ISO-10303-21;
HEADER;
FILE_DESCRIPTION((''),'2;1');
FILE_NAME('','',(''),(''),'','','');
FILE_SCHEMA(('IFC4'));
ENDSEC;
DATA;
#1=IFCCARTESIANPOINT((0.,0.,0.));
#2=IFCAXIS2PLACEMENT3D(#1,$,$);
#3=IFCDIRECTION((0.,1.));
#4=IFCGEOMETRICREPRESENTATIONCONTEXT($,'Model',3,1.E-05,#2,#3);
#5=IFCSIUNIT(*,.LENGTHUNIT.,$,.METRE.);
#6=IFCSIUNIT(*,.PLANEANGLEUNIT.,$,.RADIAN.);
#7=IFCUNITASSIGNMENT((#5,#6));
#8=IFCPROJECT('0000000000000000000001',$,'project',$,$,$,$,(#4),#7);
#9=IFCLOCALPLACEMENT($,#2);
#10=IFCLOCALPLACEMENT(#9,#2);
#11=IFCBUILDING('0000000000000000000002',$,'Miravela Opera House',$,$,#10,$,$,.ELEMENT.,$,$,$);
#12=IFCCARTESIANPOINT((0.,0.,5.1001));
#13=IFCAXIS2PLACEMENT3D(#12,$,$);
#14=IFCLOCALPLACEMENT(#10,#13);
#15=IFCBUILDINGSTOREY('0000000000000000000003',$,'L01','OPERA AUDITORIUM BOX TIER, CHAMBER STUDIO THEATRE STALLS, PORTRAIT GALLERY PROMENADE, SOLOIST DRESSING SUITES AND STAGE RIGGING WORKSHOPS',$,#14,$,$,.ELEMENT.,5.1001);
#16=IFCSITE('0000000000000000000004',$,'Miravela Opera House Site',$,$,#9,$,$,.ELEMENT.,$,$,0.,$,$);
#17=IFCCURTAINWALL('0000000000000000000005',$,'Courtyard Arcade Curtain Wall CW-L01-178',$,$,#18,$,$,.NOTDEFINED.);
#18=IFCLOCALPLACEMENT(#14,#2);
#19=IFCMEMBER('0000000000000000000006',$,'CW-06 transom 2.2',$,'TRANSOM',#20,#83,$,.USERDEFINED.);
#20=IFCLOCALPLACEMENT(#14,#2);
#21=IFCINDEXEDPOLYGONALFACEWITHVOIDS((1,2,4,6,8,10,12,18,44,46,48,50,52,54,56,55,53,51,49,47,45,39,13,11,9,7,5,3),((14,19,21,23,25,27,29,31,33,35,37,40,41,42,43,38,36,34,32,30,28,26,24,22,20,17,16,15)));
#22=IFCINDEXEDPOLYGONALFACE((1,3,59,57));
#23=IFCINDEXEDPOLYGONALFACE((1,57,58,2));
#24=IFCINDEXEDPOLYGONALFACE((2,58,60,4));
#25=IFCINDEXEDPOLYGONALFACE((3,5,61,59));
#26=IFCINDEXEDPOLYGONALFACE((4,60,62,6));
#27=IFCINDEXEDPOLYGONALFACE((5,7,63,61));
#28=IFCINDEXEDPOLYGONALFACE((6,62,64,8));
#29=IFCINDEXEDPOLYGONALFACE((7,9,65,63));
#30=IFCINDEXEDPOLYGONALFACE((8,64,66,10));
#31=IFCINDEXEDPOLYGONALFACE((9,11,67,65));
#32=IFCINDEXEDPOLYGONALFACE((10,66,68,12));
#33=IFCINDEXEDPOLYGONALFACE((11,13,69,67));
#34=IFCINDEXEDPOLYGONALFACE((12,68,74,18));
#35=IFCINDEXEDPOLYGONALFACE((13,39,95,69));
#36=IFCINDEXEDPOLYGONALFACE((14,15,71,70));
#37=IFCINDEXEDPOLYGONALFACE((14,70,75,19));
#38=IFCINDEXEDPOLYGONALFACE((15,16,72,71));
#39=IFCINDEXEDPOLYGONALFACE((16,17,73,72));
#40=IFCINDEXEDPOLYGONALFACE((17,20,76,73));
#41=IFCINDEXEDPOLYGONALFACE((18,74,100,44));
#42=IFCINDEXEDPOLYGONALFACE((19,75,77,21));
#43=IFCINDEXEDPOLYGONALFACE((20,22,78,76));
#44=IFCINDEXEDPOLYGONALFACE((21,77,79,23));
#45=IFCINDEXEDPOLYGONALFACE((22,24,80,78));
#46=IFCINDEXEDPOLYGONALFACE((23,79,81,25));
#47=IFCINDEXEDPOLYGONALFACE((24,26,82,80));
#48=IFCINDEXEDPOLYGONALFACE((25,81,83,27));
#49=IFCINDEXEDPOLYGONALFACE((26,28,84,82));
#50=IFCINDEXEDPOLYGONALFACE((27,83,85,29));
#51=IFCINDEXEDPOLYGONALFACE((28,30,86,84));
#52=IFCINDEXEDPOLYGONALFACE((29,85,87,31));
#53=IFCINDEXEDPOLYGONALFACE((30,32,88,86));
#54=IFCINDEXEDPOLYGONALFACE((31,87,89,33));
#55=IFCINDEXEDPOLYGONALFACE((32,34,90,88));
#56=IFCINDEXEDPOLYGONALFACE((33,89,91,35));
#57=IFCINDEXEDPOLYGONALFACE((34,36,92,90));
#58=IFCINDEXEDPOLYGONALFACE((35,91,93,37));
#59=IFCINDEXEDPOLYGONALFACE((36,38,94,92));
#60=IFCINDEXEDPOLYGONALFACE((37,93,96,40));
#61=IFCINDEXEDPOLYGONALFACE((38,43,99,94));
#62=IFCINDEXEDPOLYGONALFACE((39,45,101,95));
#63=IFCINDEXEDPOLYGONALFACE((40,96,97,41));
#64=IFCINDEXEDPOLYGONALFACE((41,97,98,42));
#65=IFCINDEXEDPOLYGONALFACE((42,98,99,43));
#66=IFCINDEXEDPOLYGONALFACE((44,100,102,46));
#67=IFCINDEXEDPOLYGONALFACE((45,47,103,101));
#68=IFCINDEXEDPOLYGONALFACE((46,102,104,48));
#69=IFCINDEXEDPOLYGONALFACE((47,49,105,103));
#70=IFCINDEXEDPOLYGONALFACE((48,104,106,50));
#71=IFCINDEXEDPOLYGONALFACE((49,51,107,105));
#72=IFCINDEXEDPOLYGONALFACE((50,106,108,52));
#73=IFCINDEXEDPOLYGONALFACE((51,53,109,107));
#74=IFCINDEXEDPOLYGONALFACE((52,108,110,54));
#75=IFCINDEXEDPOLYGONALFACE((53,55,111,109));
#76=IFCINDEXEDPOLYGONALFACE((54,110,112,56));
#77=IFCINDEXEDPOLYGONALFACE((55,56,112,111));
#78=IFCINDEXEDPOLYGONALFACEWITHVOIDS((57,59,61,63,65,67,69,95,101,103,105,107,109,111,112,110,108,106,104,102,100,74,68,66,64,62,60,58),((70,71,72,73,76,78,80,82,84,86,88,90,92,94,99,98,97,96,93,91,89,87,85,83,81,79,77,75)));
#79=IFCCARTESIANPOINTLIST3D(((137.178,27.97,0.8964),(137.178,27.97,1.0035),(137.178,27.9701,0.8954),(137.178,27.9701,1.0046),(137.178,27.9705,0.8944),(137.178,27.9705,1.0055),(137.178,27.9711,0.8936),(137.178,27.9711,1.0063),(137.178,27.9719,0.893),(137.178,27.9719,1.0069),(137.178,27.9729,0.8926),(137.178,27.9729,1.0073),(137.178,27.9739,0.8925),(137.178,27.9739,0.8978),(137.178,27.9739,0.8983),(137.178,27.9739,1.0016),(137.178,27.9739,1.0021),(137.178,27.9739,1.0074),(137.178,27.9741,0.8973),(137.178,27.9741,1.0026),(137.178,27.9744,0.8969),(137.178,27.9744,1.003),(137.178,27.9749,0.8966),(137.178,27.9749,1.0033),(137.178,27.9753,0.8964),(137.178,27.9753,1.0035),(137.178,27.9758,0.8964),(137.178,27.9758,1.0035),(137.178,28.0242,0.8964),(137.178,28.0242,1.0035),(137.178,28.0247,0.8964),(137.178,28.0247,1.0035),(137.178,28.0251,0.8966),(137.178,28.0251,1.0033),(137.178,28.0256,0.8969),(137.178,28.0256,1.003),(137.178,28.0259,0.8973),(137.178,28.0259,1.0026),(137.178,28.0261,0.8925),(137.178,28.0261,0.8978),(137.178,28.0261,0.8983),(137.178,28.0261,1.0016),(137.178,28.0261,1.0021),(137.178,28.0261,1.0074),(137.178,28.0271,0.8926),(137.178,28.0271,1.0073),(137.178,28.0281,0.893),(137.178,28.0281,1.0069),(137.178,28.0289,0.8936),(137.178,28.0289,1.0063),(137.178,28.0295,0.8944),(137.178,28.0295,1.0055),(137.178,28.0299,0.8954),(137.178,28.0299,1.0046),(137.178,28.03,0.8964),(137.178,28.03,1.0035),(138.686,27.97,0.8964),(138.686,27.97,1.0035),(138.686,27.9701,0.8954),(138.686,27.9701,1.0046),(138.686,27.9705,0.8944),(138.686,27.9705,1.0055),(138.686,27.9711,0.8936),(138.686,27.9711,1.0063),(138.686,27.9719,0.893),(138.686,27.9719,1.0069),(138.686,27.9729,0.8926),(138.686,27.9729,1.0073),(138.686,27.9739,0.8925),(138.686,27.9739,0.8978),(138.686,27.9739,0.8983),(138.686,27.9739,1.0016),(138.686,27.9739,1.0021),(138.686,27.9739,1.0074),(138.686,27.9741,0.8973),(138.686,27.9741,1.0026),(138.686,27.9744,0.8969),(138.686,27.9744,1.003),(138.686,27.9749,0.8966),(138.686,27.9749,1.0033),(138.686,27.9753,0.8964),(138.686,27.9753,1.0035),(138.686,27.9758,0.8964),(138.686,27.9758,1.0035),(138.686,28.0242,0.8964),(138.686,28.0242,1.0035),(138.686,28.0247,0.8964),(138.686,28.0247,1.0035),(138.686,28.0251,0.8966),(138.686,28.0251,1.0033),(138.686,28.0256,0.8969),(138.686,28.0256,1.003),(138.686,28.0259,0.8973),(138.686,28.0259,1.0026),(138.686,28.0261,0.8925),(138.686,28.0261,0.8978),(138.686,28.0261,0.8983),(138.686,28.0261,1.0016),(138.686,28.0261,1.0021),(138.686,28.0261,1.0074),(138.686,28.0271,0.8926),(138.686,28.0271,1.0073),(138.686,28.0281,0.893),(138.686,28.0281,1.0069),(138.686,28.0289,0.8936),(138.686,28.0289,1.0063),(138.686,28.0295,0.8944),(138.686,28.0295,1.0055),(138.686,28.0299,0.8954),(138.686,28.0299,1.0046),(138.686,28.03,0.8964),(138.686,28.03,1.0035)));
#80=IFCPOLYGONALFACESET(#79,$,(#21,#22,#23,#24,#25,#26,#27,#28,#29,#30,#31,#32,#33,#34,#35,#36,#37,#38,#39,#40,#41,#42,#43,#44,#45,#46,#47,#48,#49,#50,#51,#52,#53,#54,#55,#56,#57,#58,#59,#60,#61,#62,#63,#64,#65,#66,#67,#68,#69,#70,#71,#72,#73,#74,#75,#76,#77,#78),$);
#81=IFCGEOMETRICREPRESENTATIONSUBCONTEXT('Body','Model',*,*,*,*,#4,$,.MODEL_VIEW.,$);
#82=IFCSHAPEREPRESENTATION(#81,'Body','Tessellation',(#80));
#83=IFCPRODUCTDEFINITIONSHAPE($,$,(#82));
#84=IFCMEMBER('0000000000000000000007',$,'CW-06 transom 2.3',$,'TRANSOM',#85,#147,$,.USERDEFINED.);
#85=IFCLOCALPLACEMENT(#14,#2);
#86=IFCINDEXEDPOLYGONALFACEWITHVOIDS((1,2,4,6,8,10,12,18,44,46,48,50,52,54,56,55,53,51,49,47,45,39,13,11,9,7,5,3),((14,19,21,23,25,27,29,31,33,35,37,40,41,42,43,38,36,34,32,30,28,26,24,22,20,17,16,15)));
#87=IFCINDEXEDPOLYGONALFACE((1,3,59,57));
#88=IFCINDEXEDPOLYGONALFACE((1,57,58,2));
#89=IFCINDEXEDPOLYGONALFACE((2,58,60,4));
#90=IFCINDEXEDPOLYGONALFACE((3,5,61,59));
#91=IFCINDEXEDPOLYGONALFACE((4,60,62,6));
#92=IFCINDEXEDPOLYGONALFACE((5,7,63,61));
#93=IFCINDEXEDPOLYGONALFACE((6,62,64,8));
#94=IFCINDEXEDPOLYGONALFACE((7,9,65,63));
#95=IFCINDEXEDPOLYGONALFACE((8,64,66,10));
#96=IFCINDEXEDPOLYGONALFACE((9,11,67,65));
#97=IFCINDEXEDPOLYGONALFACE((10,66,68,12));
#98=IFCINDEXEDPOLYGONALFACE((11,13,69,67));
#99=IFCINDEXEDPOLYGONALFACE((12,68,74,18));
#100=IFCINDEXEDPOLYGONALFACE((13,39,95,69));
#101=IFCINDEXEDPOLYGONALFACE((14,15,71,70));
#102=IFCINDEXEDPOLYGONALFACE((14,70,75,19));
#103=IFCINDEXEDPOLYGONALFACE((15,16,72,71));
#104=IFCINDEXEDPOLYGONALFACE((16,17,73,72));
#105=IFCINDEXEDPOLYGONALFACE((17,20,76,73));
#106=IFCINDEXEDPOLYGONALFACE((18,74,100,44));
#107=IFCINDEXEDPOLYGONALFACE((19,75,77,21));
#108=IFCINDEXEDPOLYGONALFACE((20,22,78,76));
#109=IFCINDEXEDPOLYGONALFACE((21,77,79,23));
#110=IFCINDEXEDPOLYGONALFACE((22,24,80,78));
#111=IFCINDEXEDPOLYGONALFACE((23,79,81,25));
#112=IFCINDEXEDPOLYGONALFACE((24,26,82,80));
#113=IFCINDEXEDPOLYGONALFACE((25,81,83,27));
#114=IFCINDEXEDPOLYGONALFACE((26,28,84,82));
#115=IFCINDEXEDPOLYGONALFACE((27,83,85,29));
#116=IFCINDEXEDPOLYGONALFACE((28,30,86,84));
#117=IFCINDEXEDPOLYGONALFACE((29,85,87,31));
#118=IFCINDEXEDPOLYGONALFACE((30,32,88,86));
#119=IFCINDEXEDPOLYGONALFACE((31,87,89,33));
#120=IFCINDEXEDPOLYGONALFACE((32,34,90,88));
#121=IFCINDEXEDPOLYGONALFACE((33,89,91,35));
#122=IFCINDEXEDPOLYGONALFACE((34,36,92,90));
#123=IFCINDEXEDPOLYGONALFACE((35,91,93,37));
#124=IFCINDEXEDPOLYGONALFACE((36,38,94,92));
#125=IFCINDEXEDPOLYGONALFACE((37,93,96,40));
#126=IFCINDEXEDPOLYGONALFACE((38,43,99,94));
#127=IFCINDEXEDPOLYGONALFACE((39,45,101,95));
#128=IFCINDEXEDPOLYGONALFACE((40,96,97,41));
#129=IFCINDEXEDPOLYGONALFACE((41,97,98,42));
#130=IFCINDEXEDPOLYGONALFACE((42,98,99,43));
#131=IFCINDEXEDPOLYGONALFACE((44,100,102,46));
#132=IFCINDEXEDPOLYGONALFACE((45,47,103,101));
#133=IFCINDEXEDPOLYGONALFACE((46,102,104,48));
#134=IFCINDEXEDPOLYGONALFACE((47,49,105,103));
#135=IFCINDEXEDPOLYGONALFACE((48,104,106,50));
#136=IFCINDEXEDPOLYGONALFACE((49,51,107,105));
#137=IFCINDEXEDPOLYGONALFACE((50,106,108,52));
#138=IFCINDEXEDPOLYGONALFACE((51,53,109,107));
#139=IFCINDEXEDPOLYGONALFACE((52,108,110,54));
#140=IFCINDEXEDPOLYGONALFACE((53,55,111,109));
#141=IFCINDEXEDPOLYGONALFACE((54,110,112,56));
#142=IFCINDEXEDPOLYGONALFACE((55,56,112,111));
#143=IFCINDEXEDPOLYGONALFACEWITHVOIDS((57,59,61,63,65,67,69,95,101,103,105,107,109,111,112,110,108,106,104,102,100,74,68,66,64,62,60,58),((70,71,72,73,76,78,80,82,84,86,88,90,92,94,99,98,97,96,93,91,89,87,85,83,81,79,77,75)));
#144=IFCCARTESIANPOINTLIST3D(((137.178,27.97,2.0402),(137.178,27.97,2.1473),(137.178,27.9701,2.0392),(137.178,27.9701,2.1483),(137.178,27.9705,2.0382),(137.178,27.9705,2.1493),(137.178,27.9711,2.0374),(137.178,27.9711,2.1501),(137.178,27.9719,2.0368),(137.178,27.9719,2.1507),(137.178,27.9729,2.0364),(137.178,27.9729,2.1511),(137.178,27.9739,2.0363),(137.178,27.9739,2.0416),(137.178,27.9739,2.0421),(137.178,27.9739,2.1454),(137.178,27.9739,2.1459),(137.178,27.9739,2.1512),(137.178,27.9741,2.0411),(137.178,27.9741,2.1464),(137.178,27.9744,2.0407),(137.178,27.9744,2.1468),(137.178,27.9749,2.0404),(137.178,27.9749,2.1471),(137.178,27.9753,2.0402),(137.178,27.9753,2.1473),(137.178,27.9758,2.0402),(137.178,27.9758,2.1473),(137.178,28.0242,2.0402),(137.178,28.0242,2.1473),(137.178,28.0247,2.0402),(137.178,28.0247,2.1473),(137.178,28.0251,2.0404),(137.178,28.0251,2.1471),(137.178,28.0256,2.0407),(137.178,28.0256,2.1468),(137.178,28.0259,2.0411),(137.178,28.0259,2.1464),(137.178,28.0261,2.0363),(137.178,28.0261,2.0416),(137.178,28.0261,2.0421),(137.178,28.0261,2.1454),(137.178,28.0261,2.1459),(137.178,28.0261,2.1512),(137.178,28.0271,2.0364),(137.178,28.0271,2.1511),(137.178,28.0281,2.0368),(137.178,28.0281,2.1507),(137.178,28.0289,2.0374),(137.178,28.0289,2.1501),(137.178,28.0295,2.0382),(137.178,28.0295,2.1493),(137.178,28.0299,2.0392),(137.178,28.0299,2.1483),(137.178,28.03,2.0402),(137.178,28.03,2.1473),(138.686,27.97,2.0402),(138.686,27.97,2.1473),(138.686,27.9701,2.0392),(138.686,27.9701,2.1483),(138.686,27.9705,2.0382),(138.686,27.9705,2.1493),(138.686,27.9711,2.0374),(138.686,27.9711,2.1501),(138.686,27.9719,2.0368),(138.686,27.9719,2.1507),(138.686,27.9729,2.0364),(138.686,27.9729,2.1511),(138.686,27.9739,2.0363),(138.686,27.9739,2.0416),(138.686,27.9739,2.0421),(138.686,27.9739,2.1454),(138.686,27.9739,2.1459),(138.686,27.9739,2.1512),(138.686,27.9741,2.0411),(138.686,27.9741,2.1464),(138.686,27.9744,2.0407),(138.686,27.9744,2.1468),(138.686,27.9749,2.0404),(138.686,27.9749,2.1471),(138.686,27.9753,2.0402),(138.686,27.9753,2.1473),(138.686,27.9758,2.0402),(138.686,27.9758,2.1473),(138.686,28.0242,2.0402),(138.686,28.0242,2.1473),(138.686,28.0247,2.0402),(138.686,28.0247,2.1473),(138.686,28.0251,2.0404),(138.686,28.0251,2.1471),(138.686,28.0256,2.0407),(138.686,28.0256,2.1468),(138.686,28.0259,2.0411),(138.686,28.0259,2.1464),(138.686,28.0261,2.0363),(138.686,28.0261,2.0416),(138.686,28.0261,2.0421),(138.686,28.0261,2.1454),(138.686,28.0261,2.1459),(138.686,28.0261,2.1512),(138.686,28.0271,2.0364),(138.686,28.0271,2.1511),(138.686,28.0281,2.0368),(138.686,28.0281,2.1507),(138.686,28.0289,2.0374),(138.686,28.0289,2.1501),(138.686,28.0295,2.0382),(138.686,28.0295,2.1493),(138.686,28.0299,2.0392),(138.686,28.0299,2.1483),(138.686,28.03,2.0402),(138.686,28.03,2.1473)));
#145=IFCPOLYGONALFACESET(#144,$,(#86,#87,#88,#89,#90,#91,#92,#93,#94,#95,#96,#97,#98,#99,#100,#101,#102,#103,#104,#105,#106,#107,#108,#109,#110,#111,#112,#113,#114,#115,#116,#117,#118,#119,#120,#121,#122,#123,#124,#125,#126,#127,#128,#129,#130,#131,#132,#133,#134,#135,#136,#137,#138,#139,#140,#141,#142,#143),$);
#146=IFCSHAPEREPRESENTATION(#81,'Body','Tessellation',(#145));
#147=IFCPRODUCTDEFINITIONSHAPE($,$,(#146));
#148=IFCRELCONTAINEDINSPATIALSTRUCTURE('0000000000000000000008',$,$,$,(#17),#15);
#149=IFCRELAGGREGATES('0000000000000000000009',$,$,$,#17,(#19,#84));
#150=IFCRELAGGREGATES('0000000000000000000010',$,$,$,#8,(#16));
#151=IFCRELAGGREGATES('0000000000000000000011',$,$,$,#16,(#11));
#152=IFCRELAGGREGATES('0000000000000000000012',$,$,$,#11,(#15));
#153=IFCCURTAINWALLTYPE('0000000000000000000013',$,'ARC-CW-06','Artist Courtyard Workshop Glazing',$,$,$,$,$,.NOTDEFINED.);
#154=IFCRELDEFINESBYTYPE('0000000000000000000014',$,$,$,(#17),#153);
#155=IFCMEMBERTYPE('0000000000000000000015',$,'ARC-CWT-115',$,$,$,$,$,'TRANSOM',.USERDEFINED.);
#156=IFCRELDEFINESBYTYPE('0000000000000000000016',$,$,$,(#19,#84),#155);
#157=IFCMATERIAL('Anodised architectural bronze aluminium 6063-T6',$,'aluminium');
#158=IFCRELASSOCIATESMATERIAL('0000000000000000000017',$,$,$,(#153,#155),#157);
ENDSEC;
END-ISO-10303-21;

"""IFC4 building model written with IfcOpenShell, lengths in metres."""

from ifc_helpers import new_model, si_unit, direction, frame, origin, origin_2d, place, context, subcontext, project, spatial, hollow_rectangle, extrude, material, material_profile, profile_set, type_object, element, aggregate, save


model = new_model("IFC4")

# Units and contexts
model_context = context("Model", 3, precision=1e-05, world=origin(), true_north=direction((0.0, 1.0)))
body_context = subcontext(model_context, "Body", "Model", "MODEL_VIEW")
ifc_project = project(units=[si_unit("LENGTHUNIT", "METRE"), si_unit("PLANEANGLEUNIT", "RADIAN")], contexts=[model_context])

# Site, building, storey
site_placement = place(None, origin())
site = spatial("IfcSite", under=ifc_project, at=site_placement, Name="Miravela Opera House Site", CompositionType="ELEMENT", RefElevation=0.0)
building_placement = place(site_placement, origin())
building = spatial("IfcBuilding", under=site, at=building_placement, Name="Miravela Opera House", CompositionType="ELEMENT")
storey_placement = place(building_placement, frame((0.0, 0.0, 5.1001)))
storey = spatial("IfcBuildingStorey", under=building, at=storey_placement, Name="L01", Description="OPERA AUDITORIUM BOX TIER, CHAMBER STUDIO THEATRE STALLS, PORTRAIT GALLERY PROMENADE, SOLOIST DRESSING SUITES AND STAGE RIGGING WORKSHOPS", CompositionType="ELEMENT", Elevation=5.1001)

# Curtain wall, members
ifc_material_1 = material(Name="Anodised architectural bronze aluminium 6063-T6", Category="aluminium")
curtain_wall_type = type_object("IfcCurtainWallType", Name="ARC-CW-06", Description="Artist Courtyard Workshop Glazing", PredefinedType="NOTDEFINED", material=ifc_material_1)
curtain_wall_placement = place(storey_placement, origin())
curtain_wall = element("IfcCurtainWall", 1, at=curtain_wall_placement, inside=storey, type_object=curtain_wall_type, Name="Courtyard Arcade Curtain Wall CW-L01-178", PredefinedType="NOTDEFINED")
ifc_material_profile_1 = material_profile(ifc_material_1, hollow_rectangle(XDim=0.0601, YDim=0.115, WallThickness=0.0039, InnerFilletRadius=0.002, OuterFilletRadius=0.0039, at=origin_2d()), Name="CWT-60X115")
ifc_profile_set_1 = profile_set([ifc_material_profile_1])
member_type_1 = type_object("IfcMemberType", Name="ARC-CWT-115", ElementType="TRANSOM", PredefinedType="USERDEFINED", material=ifc_profile_set_1)
member_1_placement = place(storey_placement, frame((137.178, 28.0, 0.95), z_axis=(1.0, 0.0, 0.0), x_axis=(0.0, 1.0, 0.0)))
member_1 = element("IfcMember", 2, at=member_1_placement, type_object=member_type_1, Name="CW-06 transom 2.2", ObjectType="TRANSOM", PredefinedType="USERDEFINED", context=body_context, shape_type="SweptSolid", body=[
    extrude(hollow_rectangle(XDim=0.0601, YDim=0.115, WallThickness=0.0039, InnerFilletRadius=0.002, OuterFilletRadius=0.0039, at=origin_2d()), origin(), (0.0, 0.0, 1.0), 1.5081),
])
member_2_placement = place(storey_placement, frame((137.178, 28.0, 2.0938), z_axis=(1.0, 0.0, 0.0), x_axis=(0.0, 1.0, 0.0)))
member_2 = element("IfcMember", 3, at=member_2_placement, type_object=member_type_1, Name="CW-06 transom 2.3", ObjectType="TRANSOM", PredefinedType="USERDEFINED", context=body_context, shape_type="SweptSolid", body=[
    extrude(hollow_rectangle(XDim=0.0601, YDim=0.115, WallThickness=0.0039, InnerFilletRadius=0.002, OuterFilletRadius=0.0039, at=origin_2d()), origin(), (0.0, 0.0, 1.0), 1.5081),
])

aggregate(curtain_wall, [member_1, member_2])

save(model, "model.ifc")
